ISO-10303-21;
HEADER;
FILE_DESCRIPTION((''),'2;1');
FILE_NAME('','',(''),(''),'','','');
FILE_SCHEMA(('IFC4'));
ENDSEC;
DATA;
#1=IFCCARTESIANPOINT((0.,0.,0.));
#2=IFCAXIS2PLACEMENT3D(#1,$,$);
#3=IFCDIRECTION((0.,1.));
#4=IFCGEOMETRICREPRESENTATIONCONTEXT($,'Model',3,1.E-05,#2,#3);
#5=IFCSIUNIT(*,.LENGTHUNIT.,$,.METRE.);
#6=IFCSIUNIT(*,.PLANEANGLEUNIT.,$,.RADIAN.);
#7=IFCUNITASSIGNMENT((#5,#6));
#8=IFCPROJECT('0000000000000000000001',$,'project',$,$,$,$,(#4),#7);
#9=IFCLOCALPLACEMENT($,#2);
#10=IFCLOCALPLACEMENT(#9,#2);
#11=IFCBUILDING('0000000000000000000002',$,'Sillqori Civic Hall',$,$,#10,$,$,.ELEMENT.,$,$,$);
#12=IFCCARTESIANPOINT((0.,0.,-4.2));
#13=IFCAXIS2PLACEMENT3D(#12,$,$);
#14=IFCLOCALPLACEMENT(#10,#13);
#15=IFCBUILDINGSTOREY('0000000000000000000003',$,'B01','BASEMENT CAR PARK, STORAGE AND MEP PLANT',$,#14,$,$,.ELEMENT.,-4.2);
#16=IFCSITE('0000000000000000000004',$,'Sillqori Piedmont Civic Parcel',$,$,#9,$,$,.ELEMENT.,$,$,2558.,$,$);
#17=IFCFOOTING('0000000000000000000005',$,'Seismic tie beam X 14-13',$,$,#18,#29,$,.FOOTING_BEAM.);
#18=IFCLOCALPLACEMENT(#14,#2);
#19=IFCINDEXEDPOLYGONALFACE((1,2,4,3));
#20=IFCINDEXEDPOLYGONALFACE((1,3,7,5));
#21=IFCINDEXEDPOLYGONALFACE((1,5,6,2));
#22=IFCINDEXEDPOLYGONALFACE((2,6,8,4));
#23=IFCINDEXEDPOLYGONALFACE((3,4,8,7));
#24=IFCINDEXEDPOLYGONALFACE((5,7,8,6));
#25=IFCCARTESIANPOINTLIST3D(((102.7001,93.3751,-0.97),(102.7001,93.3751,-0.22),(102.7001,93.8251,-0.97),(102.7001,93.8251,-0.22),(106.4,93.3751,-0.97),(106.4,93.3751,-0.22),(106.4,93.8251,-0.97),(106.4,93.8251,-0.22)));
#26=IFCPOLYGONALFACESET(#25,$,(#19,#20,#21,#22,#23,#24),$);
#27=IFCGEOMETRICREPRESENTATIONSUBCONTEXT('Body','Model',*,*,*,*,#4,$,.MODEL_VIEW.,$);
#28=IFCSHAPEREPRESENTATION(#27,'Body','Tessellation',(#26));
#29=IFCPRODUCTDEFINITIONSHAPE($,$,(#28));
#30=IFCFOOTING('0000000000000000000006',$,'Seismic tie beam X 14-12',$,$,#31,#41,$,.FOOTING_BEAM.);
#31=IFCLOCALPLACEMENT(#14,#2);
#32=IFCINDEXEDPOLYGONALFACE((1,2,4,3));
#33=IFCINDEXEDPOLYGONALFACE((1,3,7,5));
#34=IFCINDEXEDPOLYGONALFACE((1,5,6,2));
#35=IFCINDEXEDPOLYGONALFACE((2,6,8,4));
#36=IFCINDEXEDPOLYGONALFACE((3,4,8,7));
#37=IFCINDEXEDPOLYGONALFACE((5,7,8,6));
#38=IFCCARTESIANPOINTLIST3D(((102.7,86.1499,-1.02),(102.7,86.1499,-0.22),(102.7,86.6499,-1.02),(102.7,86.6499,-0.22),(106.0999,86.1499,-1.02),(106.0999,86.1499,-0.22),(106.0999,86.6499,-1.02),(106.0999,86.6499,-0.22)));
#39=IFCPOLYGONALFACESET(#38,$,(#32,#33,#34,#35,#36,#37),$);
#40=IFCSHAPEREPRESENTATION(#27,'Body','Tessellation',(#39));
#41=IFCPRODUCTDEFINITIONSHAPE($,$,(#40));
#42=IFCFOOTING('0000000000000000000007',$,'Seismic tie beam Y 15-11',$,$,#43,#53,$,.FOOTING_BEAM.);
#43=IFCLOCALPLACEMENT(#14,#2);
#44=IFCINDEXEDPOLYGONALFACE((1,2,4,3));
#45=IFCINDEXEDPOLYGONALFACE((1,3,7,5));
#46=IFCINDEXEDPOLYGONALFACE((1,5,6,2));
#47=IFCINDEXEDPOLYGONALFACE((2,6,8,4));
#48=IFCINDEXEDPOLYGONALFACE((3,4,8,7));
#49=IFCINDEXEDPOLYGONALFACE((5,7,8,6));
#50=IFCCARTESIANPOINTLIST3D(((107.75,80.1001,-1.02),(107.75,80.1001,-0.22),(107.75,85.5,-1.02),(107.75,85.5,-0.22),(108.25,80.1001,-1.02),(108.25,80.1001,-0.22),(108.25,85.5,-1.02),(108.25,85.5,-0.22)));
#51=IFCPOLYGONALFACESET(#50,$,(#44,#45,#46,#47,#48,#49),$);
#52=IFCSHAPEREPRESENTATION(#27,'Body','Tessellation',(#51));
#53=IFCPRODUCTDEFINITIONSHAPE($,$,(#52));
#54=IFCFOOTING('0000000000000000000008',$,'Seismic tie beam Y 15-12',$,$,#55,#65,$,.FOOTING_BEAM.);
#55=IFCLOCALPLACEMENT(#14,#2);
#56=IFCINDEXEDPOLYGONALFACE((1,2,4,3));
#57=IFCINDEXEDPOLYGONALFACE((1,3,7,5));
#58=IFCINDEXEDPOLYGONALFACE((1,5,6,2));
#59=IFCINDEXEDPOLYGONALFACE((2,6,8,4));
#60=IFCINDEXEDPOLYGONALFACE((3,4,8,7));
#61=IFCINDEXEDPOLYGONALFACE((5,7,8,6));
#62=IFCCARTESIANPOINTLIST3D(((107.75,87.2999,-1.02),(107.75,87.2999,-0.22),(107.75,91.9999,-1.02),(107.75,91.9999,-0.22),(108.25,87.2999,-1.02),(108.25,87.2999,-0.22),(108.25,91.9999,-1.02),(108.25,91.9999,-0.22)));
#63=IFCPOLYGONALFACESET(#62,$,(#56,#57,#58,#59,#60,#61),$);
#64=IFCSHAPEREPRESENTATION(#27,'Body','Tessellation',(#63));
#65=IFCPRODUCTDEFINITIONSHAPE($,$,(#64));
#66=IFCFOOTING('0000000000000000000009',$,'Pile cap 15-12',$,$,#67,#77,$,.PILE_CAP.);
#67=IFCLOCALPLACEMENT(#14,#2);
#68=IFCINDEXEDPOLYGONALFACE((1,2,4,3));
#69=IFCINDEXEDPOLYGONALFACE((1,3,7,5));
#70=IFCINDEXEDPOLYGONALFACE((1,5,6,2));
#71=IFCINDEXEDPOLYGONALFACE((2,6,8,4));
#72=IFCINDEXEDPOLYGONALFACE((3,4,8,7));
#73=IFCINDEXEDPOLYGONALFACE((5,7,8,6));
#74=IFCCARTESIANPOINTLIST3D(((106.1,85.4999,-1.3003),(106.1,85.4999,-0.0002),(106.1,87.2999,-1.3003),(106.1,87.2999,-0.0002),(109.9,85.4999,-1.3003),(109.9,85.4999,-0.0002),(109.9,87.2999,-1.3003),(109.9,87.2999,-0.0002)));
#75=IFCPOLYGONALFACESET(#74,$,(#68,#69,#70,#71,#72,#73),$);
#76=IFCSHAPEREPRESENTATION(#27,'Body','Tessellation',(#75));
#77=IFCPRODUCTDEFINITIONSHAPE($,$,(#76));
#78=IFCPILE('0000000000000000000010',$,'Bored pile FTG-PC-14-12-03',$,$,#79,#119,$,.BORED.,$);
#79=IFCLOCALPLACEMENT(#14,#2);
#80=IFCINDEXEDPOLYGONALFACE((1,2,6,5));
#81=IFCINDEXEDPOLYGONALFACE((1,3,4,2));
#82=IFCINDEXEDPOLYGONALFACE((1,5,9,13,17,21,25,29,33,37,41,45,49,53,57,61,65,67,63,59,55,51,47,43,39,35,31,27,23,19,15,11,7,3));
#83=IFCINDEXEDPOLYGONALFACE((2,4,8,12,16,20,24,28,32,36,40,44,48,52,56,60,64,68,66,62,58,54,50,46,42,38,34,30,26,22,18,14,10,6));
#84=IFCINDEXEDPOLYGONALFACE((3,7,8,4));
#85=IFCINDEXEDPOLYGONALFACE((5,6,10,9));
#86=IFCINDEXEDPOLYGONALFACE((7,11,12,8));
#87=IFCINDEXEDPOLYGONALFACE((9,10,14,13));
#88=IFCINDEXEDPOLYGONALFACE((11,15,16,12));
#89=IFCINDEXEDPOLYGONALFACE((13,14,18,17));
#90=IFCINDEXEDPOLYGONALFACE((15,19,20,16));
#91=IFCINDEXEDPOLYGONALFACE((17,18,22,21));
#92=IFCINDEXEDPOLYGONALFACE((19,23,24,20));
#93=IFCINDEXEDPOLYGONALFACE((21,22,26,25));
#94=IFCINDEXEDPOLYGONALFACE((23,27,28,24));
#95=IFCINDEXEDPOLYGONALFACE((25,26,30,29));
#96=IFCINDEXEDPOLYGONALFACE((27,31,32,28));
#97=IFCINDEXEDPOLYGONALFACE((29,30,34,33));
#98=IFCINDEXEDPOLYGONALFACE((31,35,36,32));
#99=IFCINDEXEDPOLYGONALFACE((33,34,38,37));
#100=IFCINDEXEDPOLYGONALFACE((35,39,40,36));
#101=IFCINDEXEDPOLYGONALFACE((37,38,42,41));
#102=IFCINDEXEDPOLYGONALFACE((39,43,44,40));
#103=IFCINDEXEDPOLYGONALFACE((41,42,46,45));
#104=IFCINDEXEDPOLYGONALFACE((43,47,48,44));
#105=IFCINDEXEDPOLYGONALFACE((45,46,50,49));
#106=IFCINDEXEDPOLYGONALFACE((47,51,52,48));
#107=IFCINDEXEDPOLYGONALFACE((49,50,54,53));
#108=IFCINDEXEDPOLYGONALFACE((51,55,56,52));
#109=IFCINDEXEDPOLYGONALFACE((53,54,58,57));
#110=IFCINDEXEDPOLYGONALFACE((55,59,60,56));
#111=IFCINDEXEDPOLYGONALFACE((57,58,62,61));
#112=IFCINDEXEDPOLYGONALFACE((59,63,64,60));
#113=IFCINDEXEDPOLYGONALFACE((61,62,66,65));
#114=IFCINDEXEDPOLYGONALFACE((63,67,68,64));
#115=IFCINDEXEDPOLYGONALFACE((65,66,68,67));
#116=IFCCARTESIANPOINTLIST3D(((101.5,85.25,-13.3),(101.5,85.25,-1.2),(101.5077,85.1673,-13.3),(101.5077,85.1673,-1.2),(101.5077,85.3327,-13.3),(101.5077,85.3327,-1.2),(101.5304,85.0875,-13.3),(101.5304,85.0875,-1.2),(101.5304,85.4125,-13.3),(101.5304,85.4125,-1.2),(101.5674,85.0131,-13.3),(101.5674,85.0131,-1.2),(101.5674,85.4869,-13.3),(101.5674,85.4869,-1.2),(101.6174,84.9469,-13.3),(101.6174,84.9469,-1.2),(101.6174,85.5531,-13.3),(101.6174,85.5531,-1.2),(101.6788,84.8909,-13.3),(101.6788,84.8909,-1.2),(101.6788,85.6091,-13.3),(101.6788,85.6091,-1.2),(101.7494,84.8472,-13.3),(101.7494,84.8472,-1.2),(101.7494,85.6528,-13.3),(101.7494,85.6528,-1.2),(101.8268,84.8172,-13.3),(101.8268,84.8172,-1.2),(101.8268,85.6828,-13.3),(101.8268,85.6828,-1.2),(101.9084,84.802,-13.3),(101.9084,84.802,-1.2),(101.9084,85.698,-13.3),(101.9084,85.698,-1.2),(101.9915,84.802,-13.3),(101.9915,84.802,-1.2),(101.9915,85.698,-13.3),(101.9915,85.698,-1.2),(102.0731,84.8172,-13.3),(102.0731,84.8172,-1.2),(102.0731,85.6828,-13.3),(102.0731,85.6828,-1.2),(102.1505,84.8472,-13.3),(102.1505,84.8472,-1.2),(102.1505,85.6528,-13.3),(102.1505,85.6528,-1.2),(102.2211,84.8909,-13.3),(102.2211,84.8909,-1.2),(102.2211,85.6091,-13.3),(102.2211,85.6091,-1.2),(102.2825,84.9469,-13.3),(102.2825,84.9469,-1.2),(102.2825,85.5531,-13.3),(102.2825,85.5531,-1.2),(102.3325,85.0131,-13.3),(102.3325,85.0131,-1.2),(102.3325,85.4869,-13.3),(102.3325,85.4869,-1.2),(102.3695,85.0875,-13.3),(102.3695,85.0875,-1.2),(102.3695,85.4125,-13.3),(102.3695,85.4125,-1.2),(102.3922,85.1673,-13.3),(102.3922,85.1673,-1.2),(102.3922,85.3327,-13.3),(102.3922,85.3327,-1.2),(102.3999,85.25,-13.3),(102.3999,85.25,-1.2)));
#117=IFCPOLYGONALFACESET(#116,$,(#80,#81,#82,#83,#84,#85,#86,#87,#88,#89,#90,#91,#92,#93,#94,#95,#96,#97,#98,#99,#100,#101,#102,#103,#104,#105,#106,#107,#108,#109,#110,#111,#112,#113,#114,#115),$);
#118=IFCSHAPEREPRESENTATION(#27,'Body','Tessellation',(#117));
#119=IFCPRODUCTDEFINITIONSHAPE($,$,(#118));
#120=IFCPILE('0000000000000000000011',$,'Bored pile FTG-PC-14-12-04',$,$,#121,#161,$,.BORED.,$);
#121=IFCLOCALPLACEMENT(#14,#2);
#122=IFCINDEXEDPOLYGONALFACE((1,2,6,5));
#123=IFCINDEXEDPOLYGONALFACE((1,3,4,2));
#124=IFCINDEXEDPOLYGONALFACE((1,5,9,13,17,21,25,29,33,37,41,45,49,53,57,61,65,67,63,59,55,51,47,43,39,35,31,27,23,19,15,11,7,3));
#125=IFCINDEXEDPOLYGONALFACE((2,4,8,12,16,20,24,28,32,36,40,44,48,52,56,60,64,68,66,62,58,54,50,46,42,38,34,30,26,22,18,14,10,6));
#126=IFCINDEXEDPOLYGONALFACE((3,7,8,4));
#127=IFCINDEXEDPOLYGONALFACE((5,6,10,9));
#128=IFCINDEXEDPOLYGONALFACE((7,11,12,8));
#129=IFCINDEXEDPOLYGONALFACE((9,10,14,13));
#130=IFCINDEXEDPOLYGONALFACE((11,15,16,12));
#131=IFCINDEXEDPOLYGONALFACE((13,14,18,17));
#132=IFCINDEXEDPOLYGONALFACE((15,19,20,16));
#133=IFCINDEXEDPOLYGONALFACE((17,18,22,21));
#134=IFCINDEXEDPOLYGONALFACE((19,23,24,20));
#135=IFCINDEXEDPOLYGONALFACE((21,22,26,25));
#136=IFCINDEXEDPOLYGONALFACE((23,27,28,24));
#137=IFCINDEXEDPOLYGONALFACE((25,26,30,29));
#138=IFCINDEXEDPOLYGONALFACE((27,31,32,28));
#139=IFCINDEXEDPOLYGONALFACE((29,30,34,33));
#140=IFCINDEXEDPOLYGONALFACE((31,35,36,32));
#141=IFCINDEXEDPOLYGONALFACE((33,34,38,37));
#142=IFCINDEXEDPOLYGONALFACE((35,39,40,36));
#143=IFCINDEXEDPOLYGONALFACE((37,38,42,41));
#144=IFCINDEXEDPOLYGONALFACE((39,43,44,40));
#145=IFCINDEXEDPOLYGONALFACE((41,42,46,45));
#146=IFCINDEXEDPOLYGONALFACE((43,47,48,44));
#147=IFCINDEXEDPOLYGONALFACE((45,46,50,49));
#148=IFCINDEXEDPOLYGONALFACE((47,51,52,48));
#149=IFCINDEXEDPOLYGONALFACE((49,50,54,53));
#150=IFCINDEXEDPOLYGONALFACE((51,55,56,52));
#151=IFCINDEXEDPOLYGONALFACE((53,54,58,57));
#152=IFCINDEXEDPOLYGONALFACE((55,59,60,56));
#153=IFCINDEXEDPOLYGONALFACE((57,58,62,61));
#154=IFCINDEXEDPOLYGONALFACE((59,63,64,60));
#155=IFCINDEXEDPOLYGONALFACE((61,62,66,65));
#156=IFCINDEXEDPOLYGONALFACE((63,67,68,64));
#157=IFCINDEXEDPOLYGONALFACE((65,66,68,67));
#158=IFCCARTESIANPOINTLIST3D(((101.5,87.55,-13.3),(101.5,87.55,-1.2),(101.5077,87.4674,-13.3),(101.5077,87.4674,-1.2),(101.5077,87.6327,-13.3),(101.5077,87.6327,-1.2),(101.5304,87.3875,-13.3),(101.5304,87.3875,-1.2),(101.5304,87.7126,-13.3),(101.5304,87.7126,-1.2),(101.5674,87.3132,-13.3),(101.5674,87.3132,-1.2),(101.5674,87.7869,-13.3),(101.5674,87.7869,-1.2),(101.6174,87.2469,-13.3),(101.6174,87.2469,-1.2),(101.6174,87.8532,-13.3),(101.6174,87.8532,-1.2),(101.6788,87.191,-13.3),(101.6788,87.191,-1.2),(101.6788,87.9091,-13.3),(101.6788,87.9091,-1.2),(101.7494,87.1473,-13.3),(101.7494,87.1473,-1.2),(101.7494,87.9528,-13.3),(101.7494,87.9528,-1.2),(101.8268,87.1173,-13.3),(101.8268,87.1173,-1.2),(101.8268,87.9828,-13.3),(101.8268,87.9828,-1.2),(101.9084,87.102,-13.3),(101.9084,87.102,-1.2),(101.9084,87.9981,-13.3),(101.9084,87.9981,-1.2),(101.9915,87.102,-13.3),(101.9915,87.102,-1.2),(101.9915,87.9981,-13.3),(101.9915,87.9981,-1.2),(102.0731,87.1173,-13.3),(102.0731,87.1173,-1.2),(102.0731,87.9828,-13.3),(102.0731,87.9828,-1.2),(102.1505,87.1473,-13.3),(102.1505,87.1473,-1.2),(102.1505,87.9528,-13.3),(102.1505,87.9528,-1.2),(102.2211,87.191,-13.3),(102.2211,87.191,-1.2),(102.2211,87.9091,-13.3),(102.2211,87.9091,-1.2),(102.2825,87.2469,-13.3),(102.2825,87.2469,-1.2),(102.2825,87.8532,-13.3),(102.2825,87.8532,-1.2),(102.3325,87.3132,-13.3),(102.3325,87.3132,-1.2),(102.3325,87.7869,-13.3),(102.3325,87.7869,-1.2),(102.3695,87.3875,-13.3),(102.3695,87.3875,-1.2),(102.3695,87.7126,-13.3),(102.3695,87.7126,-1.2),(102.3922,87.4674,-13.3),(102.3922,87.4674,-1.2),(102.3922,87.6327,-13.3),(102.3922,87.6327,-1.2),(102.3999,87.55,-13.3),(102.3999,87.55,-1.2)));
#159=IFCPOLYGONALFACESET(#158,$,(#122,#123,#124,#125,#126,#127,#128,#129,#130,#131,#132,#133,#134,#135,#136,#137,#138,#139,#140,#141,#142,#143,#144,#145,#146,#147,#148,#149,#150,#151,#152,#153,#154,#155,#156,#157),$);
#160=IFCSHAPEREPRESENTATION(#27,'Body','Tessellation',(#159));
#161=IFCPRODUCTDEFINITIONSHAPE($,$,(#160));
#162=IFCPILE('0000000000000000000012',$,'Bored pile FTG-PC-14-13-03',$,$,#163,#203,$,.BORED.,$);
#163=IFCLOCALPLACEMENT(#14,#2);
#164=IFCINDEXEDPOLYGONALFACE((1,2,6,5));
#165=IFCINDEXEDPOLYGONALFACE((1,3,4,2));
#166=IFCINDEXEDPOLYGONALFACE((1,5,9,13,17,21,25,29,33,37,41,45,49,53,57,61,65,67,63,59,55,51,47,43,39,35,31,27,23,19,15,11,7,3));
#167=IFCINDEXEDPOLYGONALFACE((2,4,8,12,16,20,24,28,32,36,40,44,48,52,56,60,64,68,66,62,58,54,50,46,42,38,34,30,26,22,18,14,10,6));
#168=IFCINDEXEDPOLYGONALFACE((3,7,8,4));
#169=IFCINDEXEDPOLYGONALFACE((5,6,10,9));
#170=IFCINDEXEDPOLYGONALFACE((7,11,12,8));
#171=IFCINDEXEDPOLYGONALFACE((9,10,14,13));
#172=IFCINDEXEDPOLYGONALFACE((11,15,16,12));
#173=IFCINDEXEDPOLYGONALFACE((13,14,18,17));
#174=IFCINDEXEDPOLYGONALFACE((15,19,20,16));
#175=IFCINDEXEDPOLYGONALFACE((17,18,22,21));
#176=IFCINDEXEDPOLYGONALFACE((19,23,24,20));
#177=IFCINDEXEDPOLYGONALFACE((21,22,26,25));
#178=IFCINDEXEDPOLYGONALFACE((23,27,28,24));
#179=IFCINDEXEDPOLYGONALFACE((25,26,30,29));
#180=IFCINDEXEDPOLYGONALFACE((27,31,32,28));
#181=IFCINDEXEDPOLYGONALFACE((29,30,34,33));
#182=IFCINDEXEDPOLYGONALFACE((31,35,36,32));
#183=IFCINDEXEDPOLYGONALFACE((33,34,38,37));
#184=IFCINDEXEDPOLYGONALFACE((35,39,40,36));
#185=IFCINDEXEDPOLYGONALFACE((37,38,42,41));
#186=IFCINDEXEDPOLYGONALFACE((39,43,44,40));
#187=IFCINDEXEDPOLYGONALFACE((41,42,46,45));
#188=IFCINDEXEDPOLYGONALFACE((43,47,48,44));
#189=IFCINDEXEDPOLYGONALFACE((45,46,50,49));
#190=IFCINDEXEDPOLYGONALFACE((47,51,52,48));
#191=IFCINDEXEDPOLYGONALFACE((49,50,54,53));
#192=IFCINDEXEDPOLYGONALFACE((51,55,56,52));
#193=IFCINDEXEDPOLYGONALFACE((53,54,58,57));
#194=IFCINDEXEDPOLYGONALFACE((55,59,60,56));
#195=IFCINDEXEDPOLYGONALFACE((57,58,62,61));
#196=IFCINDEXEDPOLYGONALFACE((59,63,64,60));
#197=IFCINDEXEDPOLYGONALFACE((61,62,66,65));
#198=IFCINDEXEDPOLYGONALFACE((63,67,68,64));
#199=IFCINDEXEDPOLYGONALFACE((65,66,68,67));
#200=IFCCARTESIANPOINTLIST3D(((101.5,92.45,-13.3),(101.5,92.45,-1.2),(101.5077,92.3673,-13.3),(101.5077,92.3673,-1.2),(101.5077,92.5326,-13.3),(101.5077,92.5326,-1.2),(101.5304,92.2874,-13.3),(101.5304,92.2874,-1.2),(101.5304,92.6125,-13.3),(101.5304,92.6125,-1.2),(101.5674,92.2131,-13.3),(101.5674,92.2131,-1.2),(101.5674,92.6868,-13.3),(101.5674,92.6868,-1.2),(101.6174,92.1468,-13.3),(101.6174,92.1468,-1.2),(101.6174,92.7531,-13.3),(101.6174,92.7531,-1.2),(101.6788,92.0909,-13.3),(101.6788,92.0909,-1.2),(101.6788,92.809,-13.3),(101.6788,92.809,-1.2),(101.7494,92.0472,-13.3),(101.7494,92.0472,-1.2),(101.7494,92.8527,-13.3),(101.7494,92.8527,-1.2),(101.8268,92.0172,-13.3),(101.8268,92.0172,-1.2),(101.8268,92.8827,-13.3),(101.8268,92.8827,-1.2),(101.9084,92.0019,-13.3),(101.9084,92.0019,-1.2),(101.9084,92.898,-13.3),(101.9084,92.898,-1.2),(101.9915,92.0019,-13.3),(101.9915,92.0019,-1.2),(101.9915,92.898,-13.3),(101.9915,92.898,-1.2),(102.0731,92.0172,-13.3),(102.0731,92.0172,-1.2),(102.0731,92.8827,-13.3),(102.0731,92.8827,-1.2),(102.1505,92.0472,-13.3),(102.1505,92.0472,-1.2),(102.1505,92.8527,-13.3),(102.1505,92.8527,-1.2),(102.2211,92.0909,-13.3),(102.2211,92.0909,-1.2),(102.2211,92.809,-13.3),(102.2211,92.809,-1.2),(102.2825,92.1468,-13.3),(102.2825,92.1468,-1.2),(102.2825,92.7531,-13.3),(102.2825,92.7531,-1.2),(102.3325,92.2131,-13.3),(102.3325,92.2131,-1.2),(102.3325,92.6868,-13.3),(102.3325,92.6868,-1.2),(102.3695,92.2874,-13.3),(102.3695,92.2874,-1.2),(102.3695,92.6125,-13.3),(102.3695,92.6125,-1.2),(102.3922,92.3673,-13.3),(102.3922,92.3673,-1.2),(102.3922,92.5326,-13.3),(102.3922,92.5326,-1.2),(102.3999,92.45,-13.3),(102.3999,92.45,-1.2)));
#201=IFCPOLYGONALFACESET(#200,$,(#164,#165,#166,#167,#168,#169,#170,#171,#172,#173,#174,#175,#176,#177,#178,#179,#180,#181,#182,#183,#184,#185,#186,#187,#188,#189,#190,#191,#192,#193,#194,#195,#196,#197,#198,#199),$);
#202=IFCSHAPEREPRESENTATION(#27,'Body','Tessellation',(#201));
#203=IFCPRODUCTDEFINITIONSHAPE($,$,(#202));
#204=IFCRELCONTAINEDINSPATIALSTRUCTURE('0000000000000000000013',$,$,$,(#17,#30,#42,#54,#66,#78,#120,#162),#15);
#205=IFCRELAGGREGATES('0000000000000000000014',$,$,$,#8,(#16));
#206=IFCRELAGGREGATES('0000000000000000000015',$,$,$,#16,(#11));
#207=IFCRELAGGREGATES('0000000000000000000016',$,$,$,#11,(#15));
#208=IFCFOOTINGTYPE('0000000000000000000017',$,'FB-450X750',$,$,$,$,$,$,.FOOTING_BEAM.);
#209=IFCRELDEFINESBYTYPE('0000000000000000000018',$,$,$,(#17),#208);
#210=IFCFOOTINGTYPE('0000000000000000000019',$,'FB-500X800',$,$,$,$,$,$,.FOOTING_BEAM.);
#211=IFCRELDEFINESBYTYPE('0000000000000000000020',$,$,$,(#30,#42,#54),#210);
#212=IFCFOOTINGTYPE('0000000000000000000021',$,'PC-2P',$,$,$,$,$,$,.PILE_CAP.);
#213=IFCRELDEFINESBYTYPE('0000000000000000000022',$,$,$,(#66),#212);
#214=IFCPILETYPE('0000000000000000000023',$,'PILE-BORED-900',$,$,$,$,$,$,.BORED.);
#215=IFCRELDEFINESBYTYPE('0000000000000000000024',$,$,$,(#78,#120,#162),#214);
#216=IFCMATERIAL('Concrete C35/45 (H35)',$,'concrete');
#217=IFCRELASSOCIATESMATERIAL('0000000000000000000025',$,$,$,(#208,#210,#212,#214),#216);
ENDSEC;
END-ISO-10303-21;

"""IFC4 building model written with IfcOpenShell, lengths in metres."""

from ifc_helpers import new_model, si_unit, direction, frame, origin, origin_2d, place, context, subcontext, project, spatial, rectangle, circle, extrude, material, material_profile, profile_set, type_object, element, save


model = new_model("IFC4")

# Units and contexts
model_context = context("Model", 3, precision=1e-05, world=origin(), true_north=direction((0.0, 1.0)))
body_context = subcontext(model_context, "Body", "Model", "MODEL_VIEW")
ifc_project = project(units=[si_unit("LENGTHUNIT", "METRE"), si_unit("PLANEANGLEUNIT", "RADIAN")], contexts=[model_context])

# Site, building, storey
site_placement = place(None, origin())
site = spatial("IfcSite", under=ifc_project, at=site_placement, Name="Sillqori Piedmont Civic Parcel", CompositionType="ELEMENT", RefElevation=2558.0)
building_placement = place(site_placement, origin())
building = spatial("IfcBuilding", under=site, at=building_placement, Name="Sillqori Civic Hall", CompositionType="ELEMENT")
storey_placement = place(building_placement, frame((0.0, 0.0, -4.2)))
storey = spatial("IfcBuildingStorey", under=building, at=storey_placement, Name="B01", Description="BASEMENT CAR PARK, STORAGE AND MEP PLANT", CompositionType="ELEMENT", Elevation=-4.2)

# Footings
ifc_material_1 = material(Name="Concrete C35/45 (H35)", Category="concrete")
footing_type_1 = type_object("IfcFootingType", Name="FB-450X750", PredefinedType="FOOTING_BEAM", material=ifc_material_1)
footing_1_placement = place(storey_placement, frame((104.55, 93.6001, -0.97), z_axis=(0.0, 0.0, 1.0), x_axis=(1.0, 0.0, 0.0)))
element("IfcFooting", 1, at=footing_1_placement, inside=storey, type_object=footing_type_1, Name="Seismic tie beam X 14-13", PredefinedType="FOOTING_BEAM", context=body_context, shape_type="SweptSolid", body=[
    extrude(rectangle(XDim=3.7, YDim=0.45, at=origin_2d()), origin(), (0.0, 0.0, 1.0), 0.75),
])
footing_type_2 = type_object("IfcFootingType", Name="FB-500X800", PredefinedType="FOOTING_BEAM", material=ifc_material_1)
footing_2_placement = place(storey_placement, frame((104.3999, 86.3999, -1.02), z_axis=(0.0, 0.0, 1.0), x_axis=(1.0, 0.0, 0.0)))
element("IfcFooting", 2, at=footing_2_placement, inside=storey, type_object=footing_type_2, Name="Seismic tie beam X 14-12", PredefinedType="FOOTING_BEAM", context=body_context, shape_type="SweptSolid", body=[
    extrude(rectangle(XDim=3.3999, YDim=0.5, at=origin_2d()), origin(), (0.0, 0.0, 1.0), 0.8),
])
footing_3_placement = place(storey_placement, frame((108.0, 82.8, -1.02), z_axis=(0.0, 0.0, 1.0), x_axis=(1.0, 0.0, 0.0)))
element("IfcFooting", 3, at=footing_3_placement, inside=storey, type_object=footing_type_2, Name="Seismic tie beam Y 15-11", PredefinedType="FOOTING_BEAM", context=body_context, shape_type="SweptSolid", body=[
    extrude(rectangle(XDim=0.5, YDim=5.3999, at=origin_2d()), origin(), (0.0, 0.0, 1.0), 0.8),
])
footing_4_placement = place(storey_placement, frame((108.0, 89.6499, -1.02), z_axis=(0.0, 0.0, 1.0), x_axis=(1.0, 0.0, 0.0)))
element("IfcFooting", 4, at=footing_4_placement, inside=storey, type_object=footing_type_2, Name="Seismic tie beam Y 15-12", PredefinedType="FOOTING_BEAM", context=body_context, shape_type="SweptSolid", body=[
    extrude(rectangle(XDim=0.5, YDim=4.7, at=origin_2d()), origin(), (0.0, 0.0, 1.0), 0.8),
])
footing_type_3 = type_object("IfcFootingType", Name="PC-2P", PredefinedType="PILE_CAP", material=ifc_material_1)
footing_5_placement = place(storey_placement, frame((108.0, 86.3999, -1.3003), z_axis=(0.0, 0.0, 1.0), x_axis=(1.0, 0.0, 0.0)))
element("IfcFooting", 5, at=footing_5_placement, inside=storey, type_object=footing_type_3, Name="Pile cap 15-12", PredefinedType="PILE_CAP", context=body_context, shape_type="SweptSolid", body=[
    extrude(rectangle(XDim=3.8, YDim=1.8, at=origin_2d()), origin(), (0.0, 0.0, 1.0), 1.3),
])

# Piles
ifc_material_profile_1 = material_profile(ifc_material_1, circle(Radius=0.45, at=origin_2d()), Name="BORED PILE 900")
ifc_profile_set_1 = profile_set([ifc_material_profile_1], Name="Concrete C35/45 (H35)")
pile_type = type_object("IfcPileType", Name="PILE-BORED-900", PredefinedType="BORED", material=ifc_profile_set_1)
for number, where, z_axis, x_axis, name in (
    (6, (101.95, 85.25, -1.2), (0.0, 0.0, -1.0), (1.0, 0.0, 0.0), "Bored pile FTG-PC-14-12-03"),
    (7, (101.95, 87.55, -1.2), (0.0, 0.0, -1.0), (1.0, 0.0, 0.0), "Bored pile FTG-PC-14-12-04"),
    (8, (101.95, 92.45, -1.2), (0.0, 0.0, -1.0), (1.0, 0.0, 0.0), "Bored pile FTG-PC-14-13-03"),
):
    element("IfcPile", number, at=place(storey_placement, frame(where, z_axis=z_axis, x_axis=x_axis)), inside=storey, type_object=pile_type, Name=name, PredefinedType="BORED", context=body_context, shape_type="SweptSolid", body=[
        extrude(circle(Radius=0.45, at=origin_2d()), origin(), (0.0, 0.0, 1.0), 12.1001),
    ])

save(model, "model.ifc")
